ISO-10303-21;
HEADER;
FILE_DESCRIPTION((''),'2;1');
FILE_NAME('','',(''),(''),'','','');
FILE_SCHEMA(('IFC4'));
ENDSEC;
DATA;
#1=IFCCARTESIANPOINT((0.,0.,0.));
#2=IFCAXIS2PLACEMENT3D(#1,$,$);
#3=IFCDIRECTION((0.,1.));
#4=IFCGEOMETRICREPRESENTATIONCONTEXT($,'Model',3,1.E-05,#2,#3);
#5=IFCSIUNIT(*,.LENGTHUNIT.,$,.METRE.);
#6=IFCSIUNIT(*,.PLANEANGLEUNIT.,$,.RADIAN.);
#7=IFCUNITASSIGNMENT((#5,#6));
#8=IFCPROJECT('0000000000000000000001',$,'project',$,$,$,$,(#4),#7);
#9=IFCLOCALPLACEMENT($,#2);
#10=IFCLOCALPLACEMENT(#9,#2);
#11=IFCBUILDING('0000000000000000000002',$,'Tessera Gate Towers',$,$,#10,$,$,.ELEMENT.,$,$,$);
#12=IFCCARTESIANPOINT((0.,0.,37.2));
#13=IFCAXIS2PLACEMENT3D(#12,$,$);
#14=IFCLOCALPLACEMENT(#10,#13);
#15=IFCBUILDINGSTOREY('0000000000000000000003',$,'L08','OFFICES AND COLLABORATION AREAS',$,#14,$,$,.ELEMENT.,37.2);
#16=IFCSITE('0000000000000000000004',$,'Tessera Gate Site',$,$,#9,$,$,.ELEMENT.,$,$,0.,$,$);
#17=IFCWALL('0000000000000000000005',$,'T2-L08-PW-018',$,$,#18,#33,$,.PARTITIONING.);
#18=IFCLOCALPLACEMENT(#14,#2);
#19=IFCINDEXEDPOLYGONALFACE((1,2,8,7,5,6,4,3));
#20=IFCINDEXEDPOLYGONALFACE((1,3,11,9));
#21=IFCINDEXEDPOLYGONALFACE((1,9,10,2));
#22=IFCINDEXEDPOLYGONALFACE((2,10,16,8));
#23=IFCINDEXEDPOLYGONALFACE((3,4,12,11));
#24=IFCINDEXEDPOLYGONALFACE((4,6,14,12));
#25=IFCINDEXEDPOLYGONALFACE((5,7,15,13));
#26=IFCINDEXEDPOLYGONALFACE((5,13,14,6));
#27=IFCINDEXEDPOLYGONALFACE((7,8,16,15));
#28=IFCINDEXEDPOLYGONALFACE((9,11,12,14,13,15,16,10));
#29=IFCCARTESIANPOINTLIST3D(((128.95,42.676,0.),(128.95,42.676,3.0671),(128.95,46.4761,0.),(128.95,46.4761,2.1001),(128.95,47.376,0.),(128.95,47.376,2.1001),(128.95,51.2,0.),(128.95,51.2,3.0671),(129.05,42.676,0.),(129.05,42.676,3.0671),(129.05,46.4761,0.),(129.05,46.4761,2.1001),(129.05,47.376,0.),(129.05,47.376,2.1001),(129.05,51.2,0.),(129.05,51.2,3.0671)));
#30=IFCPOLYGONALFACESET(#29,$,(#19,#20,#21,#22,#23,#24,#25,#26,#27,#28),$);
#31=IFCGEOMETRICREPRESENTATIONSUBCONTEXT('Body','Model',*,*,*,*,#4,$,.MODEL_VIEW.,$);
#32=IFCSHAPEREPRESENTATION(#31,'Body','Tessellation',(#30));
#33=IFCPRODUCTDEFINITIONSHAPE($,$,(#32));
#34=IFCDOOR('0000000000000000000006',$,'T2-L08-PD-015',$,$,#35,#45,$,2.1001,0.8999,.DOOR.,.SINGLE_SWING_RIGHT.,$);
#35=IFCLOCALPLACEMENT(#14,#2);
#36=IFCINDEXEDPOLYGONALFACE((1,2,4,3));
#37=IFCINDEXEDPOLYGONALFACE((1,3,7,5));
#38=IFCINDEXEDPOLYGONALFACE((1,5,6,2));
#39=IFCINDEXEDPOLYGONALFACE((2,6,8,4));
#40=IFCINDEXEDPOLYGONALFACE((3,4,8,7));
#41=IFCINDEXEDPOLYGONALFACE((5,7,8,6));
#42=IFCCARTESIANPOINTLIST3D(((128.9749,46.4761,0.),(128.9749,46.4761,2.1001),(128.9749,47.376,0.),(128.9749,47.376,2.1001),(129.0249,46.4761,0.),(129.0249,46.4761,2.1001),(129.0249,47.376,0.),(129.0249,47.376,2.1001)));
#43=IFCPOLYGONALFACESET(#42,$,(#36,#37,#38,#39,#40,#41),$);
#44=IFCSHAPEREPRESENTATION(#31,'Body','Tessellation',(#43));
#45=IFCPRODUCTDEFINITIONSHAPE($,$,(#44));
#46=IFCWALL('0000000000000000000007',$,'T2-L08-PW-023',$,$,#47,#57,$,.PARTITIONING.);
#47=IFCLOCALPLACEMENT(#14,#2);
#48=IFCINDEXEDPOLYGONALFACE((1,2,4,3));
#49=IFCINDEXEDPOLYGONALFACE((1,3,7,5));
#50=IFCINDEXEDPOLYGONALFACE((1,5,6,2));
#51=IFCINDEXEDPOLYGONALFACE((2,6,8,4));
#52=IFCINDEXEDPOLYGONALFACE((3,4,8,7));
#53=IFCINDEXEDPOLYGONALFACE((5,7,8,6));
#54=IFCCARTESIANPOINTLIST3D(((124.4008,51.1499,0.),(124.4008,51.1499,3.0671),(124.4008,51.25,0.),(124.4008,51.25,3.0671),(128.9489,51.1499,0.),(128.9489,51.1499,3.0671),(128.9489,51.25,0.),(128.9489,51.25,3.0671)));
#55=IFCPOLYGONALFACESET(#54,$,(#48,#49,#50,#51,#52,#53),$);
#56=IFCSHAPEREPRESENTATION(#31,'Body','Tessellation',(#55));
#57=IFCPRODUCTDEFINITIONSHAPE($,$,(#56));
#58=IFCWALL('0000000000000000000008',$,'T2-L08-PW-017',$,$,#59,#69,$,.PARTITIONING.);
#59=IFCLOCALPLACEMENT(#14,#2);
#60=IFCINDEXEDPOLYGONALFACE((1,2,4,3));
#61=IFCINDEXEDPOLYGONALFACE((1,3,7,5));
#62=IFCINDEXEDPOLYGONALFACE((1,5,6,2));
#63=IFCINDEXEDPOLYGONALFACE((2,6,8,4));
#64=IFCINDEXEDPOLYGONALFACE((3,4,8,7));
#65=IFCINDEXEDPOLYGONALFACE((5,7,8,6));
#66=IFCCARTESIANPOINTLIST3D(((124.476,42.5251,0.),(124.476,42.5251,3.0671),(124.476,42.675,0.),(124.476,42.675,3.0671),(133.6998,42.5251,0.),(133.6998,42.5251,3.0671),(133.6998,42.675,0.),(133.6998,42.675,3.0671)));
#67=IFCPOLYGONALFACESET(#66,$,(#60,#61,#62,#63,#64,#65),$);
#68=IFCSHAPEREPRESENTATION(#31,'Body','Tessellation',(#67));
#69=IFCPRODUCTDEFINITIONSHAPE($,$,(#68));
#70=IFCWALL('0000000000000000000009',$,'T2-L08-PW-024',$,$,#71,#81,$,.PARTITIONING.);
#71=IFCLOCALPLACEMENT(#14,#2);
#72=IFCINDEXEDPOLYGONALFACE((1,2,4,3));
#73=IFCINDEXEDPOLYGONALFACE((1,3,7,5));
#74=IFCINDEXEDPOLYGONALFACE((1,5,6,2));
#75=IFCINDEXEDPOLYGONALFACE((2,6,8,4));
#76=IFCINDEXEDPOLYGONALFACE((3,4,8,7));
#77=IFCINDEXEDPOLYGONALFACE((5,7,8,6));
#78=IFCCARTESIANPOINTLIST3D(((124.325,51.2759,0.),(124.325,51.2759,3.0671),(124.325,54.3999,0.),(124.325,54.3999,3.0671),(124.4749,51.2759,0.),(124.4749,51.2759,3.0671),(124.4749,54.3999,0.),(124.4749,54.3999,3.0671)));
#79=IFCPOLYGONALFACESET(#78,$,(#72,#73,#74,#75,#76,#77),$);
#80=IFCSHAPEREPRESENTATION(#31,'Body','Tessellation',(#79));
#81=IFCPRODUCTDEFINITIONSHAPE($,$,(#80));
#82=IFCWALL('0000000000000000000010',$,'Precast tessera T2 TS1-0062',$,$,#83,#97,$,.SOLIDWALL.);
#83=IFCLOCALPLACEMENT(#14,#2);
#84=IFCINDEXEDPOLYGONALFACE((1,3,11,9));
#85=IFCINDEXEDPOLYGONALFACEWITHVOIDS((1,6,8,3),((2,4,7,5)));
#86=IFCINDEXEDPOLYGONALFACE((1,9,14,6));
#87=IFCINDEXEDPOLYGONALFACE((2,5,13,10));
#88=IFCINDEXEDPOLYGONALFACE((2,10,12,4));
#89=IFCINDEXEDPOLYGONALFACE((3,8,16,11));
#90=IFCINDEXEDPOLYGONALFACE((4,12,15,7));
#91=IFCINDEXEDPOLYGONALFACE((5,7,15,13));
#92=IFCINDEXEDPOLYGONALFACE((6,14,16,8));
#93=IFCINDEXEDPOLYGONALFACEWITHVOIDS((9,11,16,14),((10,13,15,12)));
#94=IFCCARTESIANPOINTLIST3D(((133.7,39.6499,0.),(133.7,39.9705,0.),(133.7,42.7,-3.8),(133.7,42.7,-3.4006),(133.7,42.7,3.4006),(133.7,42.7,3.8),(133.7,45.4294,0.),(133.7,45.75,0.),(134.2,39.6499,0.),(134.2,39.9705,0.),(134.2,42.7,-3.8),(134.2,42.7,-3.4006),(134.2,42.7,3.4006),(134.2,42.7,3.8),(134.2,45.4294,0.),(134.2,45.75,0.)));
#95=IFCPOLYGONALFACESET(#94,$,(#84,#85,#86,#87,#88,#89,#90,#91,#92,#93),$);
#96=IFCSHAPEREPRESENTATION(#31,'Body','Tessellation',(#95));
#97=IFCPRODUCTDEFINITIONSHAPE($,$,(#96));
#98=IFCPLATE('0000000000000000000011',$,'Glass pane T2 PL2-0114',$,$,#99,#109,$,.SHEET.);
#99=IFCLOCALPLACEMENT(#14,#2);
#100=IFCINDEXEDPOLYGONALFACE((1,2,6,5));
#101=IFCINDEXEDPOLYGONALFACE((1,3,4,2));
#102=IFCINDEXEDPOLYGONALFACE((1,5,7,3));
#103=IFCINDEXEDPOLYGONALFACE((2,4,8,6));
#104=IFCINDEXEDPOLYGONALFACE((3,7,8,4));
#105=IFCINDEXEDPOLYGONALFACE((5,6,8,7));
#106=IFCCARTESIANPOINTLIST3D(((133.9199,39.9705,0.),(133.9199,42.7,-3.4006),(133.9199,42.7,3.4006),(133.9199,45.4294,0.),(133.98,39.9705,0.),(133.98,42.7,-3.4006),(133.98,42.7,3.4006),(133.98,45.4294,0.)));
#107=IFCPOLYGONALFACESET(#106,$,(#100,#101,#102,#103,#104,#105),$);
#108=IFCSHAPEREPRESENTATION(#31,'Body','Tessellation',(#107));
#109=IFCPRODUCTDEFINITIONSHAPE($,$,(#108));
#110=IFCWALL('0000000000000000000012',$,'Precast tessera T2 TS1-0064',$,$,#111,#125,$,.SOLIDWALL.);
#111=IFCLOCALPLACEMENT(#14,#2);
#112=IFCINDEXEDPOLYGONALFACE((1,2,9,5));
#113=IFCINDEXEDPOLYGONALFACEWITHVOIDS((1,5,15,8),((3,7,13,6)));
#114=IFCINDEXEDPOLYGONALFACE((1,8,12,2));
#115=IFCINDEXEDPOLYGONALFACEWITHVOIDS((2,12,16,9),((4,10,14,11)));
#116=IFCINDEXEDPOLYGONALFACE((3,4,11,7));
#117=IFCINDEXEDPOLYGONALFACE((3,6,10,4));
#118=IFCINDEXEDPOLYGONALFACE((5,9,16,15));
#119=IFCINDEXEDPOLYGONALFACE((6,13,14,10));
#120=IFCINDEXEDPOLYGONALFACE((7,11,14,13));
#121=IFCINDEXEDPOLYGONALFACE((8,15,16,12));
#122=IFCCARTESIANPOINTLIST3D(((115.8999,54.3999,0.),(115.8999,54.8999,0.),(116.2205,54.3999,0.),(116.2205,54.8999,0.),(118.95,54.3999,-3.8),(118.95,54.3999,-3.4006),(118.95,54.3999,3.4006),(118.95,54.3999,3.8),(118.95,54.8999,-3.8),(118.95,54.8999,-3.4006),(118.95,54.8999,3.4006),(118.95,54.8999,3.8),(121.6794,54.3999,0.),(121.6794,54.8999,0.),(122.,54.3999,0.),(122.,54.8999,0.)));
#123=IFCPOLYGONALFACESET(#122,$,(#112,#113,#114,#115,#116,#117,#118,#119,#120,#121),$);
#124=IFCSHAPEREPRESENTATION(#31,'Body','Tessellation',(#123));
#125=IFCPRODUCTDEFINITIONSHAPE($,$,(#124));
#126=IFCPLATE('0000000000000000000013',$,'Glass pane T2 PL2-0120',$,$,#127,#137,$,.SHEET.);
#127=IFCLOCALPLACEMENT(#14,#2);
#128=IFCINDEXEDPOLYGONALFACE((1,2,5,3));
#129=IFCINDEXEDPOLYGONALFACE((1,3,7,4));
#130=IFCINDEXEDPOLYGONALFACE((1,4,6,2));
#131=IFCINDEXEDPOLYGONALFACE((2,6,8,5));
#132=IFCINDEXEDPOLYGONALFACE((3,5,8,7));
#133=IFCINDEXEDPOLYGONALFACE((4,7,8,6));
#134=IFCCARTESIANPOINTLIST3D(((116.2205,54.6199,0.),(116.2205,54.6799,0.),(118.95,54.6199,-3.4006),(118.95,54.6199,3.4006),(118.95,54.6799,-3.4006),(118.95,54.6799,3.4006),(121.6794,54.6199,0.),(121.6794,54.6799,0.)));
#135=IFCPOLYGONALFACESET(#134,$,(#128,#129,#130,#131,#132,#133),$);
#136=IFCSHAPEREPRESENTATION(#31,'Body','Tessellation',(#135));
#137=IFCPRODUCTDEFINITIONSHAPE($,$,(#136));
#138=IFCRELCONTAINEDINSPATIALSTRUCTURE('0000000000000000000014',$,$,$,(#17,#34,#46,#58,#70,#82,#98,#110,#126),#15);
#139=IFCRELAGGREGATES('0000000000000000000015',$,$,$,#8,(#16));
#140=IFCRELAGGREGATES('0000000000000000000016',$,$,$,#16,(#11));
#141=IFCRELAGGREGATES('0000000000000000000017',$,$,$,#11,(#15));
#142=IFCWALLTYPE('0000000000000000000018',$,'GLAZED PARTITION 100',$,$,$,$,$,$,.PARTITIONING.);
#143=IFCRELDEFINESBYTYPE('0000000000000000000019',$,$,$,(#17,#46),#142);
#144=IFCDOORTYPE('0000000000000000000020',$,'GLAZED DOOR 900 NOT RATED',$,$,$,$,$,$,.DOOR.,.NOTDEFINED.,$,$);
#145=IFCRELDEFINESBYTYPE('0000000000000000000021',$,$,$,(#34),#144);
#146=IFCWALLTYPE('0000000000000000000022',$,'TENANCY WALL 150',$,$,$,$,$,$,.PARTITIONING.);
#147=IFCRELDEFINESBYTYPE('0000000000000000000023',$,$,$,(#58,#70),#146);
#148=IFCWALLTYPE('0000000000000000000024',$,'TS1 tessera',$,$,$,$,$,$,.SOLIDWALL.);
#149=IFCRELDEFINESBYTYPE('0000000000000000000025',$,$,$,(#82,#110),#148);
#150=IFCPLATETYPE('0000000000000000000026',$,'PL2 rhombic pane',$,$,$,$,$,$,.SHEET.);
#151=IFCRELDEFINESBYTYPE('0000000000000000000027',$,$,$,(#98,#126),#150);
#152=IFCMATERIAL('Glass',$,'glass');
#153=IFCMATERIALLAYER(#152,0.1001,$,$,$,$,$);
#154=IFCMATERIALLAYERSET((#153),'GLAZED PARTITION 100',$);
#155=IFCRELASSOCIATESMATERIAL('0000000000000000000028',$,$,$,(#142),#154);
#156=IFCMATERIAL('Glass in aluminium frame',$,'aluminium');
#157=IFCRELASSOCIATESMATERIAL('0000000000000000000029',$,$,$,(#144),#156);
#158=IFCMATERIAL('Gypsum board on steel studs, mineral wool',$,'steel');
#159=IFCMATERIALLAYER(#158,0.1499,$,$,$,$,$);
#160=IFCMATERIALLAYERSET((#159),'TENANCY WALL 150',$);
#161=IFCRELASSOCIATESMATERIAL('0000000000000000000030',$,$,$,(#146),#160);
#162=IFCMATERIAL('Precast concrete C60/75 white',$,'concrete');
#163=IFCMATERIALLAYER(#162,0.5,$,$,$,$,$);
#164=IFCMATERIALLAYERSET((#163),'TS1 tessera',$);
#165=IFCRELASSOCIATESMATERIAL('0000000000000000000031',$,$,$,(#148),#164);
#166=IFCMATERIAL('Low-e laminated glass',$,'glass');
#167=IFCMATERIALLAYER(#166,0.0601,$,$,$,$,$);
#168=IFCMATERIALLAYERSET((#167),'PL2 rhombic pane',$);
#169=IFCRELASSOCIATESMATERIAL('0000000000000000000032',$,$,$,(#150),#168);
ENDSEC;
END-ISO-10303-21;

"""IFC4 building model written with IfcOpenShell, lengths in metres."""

from ifc_helpers import new_model, si_unit, direction, frame, frame_2d, origin, place, context, subcontext, project, spatial, polyline, rectangle, outline, extrude, source, transform, mapped, material, layer, layer_set, type_object, element, fill, save


model = new_model("IFC4")

# Units and contexts
model_context = context("Model", 3, precision=1e-05, world=origin(), true_north=direction((0.0, 1.0)))
body_context = subcontext(model_context, "Body", "Model", "MODEL_VIEW")
ifc_project = project(units=[si_unit("LENGTHUNIT", "METRE"), si_unit("PLANEANGLEUNIT", "RADIAN")], contexts=[model_context])

# Site, building, storey
site_placement = place(None, origin())
site = spatial("IfcSite", under=ifc_project, at=site_placement, Name="Tessera Gate Site", CompositionType="ELEMENT", RefElevation=0.0)
building_placement = place(site_placement, origin())
building = spatial("IfcBuilding", under=site, at=building_placement, Name="Tessera Gate Towers", CompositionType="ELEMENT")
storey_placement = place(building_placement, frame((0.0, 0.0, 37.2)))
storey = spatial("IfcBuildingStorey", under=building, at=storey_placement, Name="L08", Description="OFFICES AND COLLABORATION AREAS", CompositionType="ELEMENT", Elevation=37.2)

# Wall, opening, door
ifc_material_1 = material(Name="Glass", Category="glass")
ifc_layer_1 = layer(ifc_material_1, 0.1001)
ifc_layer_set_1 = layer_set([ifc_layer_1], Name="GLAZED PARTITION 100")
wall_type_1 = type_object("IfcWallType", Name="GLAZED PARTITION 100", PredefinedType="PARTITIONING", material=ifc_layer_set_1)
shared_shape_1 = source(origin(), body_context, "Body", "SweptSolid", [
    extrude(rectangle(XDim=0.8999, YDim=2.1001, at=frame_2d((0.45, 1.05))), frame((0.0, 0.0601, 0.0), z_axis=(0.0, -1.0, 0.0), x_axis=(1.0, 0.0, 0.0)), (0.0, 0.0, 1.0), 0.1201),
])
ifc_material_2 = material(Name="Glass in aluminium frame", Category="aluminium")
door_type_1 = type_object("IfcDoorType", Name="GLAZED DOOR 900 NOT RATED", OperationType="NOTDEFINED", PredefinedType="DOOR", material=ifc_material_2)
shared_shape_2 = source(origin(), body_context, "Body", "SweptSolid", [
    extrude(rectangle(XDim=0.8999, YDim=2.1001, at=frame_2d((0.45, 1.05))), frame((0.0, 0.0249, 0.0), z_axis=(0.0, -1.0, 0.0), x_axis=(1.0, 0.0, 0.0)), (0.0, 0.0, 1.0), 0.05),
])
wall_1_placement = place(storey_placement, frame((129.0, 51.2, 0.0), z_axis=(0.0, 0.0, 1.0), x_axis=(0.0, -1.0, 0.0)))
wall_1 = element("IfcWall", 1, at=wall_1_placement, inside=storey, type_object=wall_type_1, Name="T2-L08-PW-018", PredefinedType="PARTITIONING", context=body_context, shape_type="SweptSolid", body=[
    extrude(rectangle(XDim=8.5239, YDim=0.1001, at=frame_2d((4.262, 0.0))), origin(), (0.0, 0.0, 1.0), 3.0671),
])
opening_1_placement = place(wall_1_placement, frame((3.824, 0.0, 0.0)))
opening_1 = element("IfcOpeningElement", 2, at=opening_1_placement, cuts=wall_1, PredefinedType="OPENING", context=body_context, shape_type="MappedRepresentation", body=[
    mapped(shared_shape_1, transform((0.0, 0.0, 0.0), scale=1.0)),
])
door_1_placement = place(opening_1_placement, origin())
door_1 = element("IfcDoor", 3, at=door_1_placement, inside=storey, type_object=door_type_1, Name="T2-L08-PD-015", OperationType="SINGLE_SWING_RIGHT", OverallHeight=2.1001, OverallWidth=0.8999, PredefinedType="DOOR", context=body_context, shape_type="MappedRepresentation", body=[
    mapped(shared_shape_2, transform((0.0, 0.0, 0.0), scale=1.0)),
])
fill(opening_1, door_1)

# Walls
wall_2_placement = place(storey_placement, frame((124.4009, 51.2, 0.0), z_axis=(0.0, 0.0, 1.0), x_axis=(1.0, 0.0, 0.0)))
element("IfcWall", 4, at=wall_2_placement, inside=storey, type_object=wall_type_1, Name="T2-L08-PW-023", PredefinedType="PARTITIONING", context=body_context, shape_type="SweptSolid", body=[
    extrude(rectangle(XDim=4.5481, YDim=0.1001, at=frame_2d((2.2739, 0.0))), origin(), (0.0, 0.0, 1.0), 3.0671),
])
ifc_material_3 = material(Name="Gypsum board on steel studs, mineral wool", Category="steel")
ifc_layer_2 = layer(ifc_material_3, 0.1499)
ifc_layer_set_2 = layer_set([ifc_layer_2], Name="TENANCY WALL 150")
wall_type_2 = type_object("IfcWallType", Name="TENANCY WALL 150", PredefinedType="PARTITIONING", material=ifc_layer_set_2)
wall_3_placement = place(storey_placement, frame((124.4761, 42.6001, 0.0), z_axis=(0.0, 0.0, 1.0), x_axis=(1.0, 0.0, 0.0)))
element("IfcWall", 5, at=wall_3_placement, inside=storey, type_object=wall_type_2, Name="T2-L08-PW-017", PredefinedType="PARTITIONING", context=body_context, shape_type="SweptSolid", body=[
    extrude(rectangle(XDim=9.2239, YDim=0.1499, at=frame_2d((4.6118, 0.0))), origin(), (0.0, 0.0, 1.0), 3.0671),
])
wall_4_placement = place(storey_placement, frame((124.3999, 51.2759, 0.0), z_axis=(0.0, 0.0, 1.0), x_axis=(0.0, 1.0, 0.0)))
element("IfcWall", 6, at=wall_4_placement, inside=storey, type_object=wall_type_2, Name="T2-L08-PW-024", PredefinedType="PARTITIONING", context=body_context, shape_type="SweptSolid", body=[
    extrude(rectangle(XDim=3.124, YDim=0.1499, at=frame_2d((1.562, 0.0))), origin(), (0.0, 0.0, 1.0), 3.0671),
])

# Walls, openings, plates
ifc_material_4 = material(Name="Precast concrete C60/75 white", Category="concrete")
ifc_layer_3 = layer(ifc_material_4, 0.5)
ifc_layer_set_3 = layer_set([ifc_layer_3], Name="TS1 tessera")
wall_type_3 = type_object("IfcWallType", Name="TS1 tessera", PredefinedType="SOLIDWALL", material=ifc_layer_set_3)
shared_shape_3 = source(origin(), body_context, "Body", "SweptSolid", [
    extrude(outline(polyline([(3.05, 0.0), (6.1001, 3.8), (3.05, 7.6001), (0.0, 3.8), (3.05, 0.0)])), frame((0.0, 0.25, 0.0), z_axis=(0.0, -1.0, 0.0), x_axis=(1.0, 0.0, 0.0)), (0.0, 0.0, 1.0), 0.5),
])
wall_5_placement = place(storey_placement, frame((133.95, 39.6499, -3.8), z_axis=(0.0, 0.0, 1.0), x_axis=(0.0, 1.0, 0.0)))
wall_5 = element("IfcWall", 7, at=wall_5_placement, inside=storey, type_object=wall_type_3, Name="Precast tessera T2 TS1-0062", PredefinedType="SOLIDWALL", context=body_context, shape_type="MappedRepresentation", body=[
    mapped(shared_shape_3, transform((0.0, 0.0, 0.0), scale=1.0)),
])
shared_shape_4 = source(origin(), body_context, "Body", "SweptSolid", [
    extrude(outline(polyline([(3.05, 0.3994), (5.7795, 3.8), (3.05, 7.2007), (0.3206, 3.8), (3.05, 0.3994)])), frame((0.0, 0.26, 0.0), z_axis=(0.0, -1.0, 0.0), x_axis=(1.0, 0.0, 0.0)), (0.0, 0.0, 1.0), 0.52),
])
opening_2_placement = place(wall_5_placement, origin())
opening_2 = element("IfcOpeningElement", 8, at=opening_2_placement, cuts=wall_5, PredefinedType="OPENING", context=body_context, shape_type="MappedRepresentation", body=[
    mapped(shared_shape_4, transform((0.0, 0.0, 0.0), scale=1.0)),
])
ifc_material_5 = material(Name="Low-e laminated glass", Category="glass")
ifc_layer_4 = layer(ifc_material_5, 0.0601)
ifc_layer_set_4 = layer_set([ifc_layer_4], Name="PL2 rhombic pane")
plate_type = type_object("IfcPlateType", Name="PL2 rhombic pane", PredefinedType="SHEET", material=ifc_layer_set_4)
shared_shape_5 = source(origin(), body_context, "Body", "SweptSolid", [
    extrude(outline(polyline([(3.05, 0.3994), (5.7795, 3.8), (3.05, 7.2007), (0.3206, 3.8), (3.05, 0.3994)])), frame((0.0, 0.03, 0.0), z_axis=(0.0, -1.0, 0.0), x_axis=(1.0, 0.0, 0.0)), (0.0, 0.0, 1.0), 0.0601),
])
plate_1_placement = place(opening_2_placement, origin())
plate_1 = element("IfcPlate", 9, at=plate_1_placement, inside=storey, type_object=plate_type, Name="Glass pane T2 PL2-0114", PredefinedType="SHEET", context=body_context, shape_type="MappedRepresentation", body=[
    mapped(shared_shape_5, transform((0.0, 0.0, 0.0), scale=1.0)),
])
fill(opening_2, plate_1)
wall_6_placement = place(storey_placement, frame((122.0, 54.6499, -3.8), z_axis=(0.0, 0.0, 1.0), x_axis=(-1.0, 0.0, 0.0)))
wall_6 = element("IfcWall", 10, at=wall_6_placement, inside=storey, type_object=wall_type_3, Name="Precast tessera T2 TS1-0064", PredefinedType="SOLIDWALL", context=body_context, shape_type="MappedRepresentation", body=[
    mapped(shared_shape_3, transform((0.0, 0.0, 0.0), scale=1.0)),
])
opening_3_placement = place(wall_6_placement, origin())
opening_3 = element("IfcOpeningElement", 11, at=opening_3_placement, cuts=wall_6, PredefinedType="OPENING", context=body_context, shape_type="MappedRepresentation", body=[
    mapped(shared_shape_4, transform((0.0, 0.0, 0.0), scale=1.0)),
])
plate_2_placement = place(opening_3_placement, origin())
plate_2 = element("IfcPlate", 12, at=plate_2_placement, inside=storey, type_object=plate_type, Name="Glass pane T2 PL2-0120", PredefinedType="SHEET", context=body_context, shape_type="MappedRepresentation", body=[
    mapped(shared_shape_5, transform((0.0, 0.0, 0.0), scale=1.0)),
])
fill(opening_3, plate_2)

save(model, "model.ifc")
